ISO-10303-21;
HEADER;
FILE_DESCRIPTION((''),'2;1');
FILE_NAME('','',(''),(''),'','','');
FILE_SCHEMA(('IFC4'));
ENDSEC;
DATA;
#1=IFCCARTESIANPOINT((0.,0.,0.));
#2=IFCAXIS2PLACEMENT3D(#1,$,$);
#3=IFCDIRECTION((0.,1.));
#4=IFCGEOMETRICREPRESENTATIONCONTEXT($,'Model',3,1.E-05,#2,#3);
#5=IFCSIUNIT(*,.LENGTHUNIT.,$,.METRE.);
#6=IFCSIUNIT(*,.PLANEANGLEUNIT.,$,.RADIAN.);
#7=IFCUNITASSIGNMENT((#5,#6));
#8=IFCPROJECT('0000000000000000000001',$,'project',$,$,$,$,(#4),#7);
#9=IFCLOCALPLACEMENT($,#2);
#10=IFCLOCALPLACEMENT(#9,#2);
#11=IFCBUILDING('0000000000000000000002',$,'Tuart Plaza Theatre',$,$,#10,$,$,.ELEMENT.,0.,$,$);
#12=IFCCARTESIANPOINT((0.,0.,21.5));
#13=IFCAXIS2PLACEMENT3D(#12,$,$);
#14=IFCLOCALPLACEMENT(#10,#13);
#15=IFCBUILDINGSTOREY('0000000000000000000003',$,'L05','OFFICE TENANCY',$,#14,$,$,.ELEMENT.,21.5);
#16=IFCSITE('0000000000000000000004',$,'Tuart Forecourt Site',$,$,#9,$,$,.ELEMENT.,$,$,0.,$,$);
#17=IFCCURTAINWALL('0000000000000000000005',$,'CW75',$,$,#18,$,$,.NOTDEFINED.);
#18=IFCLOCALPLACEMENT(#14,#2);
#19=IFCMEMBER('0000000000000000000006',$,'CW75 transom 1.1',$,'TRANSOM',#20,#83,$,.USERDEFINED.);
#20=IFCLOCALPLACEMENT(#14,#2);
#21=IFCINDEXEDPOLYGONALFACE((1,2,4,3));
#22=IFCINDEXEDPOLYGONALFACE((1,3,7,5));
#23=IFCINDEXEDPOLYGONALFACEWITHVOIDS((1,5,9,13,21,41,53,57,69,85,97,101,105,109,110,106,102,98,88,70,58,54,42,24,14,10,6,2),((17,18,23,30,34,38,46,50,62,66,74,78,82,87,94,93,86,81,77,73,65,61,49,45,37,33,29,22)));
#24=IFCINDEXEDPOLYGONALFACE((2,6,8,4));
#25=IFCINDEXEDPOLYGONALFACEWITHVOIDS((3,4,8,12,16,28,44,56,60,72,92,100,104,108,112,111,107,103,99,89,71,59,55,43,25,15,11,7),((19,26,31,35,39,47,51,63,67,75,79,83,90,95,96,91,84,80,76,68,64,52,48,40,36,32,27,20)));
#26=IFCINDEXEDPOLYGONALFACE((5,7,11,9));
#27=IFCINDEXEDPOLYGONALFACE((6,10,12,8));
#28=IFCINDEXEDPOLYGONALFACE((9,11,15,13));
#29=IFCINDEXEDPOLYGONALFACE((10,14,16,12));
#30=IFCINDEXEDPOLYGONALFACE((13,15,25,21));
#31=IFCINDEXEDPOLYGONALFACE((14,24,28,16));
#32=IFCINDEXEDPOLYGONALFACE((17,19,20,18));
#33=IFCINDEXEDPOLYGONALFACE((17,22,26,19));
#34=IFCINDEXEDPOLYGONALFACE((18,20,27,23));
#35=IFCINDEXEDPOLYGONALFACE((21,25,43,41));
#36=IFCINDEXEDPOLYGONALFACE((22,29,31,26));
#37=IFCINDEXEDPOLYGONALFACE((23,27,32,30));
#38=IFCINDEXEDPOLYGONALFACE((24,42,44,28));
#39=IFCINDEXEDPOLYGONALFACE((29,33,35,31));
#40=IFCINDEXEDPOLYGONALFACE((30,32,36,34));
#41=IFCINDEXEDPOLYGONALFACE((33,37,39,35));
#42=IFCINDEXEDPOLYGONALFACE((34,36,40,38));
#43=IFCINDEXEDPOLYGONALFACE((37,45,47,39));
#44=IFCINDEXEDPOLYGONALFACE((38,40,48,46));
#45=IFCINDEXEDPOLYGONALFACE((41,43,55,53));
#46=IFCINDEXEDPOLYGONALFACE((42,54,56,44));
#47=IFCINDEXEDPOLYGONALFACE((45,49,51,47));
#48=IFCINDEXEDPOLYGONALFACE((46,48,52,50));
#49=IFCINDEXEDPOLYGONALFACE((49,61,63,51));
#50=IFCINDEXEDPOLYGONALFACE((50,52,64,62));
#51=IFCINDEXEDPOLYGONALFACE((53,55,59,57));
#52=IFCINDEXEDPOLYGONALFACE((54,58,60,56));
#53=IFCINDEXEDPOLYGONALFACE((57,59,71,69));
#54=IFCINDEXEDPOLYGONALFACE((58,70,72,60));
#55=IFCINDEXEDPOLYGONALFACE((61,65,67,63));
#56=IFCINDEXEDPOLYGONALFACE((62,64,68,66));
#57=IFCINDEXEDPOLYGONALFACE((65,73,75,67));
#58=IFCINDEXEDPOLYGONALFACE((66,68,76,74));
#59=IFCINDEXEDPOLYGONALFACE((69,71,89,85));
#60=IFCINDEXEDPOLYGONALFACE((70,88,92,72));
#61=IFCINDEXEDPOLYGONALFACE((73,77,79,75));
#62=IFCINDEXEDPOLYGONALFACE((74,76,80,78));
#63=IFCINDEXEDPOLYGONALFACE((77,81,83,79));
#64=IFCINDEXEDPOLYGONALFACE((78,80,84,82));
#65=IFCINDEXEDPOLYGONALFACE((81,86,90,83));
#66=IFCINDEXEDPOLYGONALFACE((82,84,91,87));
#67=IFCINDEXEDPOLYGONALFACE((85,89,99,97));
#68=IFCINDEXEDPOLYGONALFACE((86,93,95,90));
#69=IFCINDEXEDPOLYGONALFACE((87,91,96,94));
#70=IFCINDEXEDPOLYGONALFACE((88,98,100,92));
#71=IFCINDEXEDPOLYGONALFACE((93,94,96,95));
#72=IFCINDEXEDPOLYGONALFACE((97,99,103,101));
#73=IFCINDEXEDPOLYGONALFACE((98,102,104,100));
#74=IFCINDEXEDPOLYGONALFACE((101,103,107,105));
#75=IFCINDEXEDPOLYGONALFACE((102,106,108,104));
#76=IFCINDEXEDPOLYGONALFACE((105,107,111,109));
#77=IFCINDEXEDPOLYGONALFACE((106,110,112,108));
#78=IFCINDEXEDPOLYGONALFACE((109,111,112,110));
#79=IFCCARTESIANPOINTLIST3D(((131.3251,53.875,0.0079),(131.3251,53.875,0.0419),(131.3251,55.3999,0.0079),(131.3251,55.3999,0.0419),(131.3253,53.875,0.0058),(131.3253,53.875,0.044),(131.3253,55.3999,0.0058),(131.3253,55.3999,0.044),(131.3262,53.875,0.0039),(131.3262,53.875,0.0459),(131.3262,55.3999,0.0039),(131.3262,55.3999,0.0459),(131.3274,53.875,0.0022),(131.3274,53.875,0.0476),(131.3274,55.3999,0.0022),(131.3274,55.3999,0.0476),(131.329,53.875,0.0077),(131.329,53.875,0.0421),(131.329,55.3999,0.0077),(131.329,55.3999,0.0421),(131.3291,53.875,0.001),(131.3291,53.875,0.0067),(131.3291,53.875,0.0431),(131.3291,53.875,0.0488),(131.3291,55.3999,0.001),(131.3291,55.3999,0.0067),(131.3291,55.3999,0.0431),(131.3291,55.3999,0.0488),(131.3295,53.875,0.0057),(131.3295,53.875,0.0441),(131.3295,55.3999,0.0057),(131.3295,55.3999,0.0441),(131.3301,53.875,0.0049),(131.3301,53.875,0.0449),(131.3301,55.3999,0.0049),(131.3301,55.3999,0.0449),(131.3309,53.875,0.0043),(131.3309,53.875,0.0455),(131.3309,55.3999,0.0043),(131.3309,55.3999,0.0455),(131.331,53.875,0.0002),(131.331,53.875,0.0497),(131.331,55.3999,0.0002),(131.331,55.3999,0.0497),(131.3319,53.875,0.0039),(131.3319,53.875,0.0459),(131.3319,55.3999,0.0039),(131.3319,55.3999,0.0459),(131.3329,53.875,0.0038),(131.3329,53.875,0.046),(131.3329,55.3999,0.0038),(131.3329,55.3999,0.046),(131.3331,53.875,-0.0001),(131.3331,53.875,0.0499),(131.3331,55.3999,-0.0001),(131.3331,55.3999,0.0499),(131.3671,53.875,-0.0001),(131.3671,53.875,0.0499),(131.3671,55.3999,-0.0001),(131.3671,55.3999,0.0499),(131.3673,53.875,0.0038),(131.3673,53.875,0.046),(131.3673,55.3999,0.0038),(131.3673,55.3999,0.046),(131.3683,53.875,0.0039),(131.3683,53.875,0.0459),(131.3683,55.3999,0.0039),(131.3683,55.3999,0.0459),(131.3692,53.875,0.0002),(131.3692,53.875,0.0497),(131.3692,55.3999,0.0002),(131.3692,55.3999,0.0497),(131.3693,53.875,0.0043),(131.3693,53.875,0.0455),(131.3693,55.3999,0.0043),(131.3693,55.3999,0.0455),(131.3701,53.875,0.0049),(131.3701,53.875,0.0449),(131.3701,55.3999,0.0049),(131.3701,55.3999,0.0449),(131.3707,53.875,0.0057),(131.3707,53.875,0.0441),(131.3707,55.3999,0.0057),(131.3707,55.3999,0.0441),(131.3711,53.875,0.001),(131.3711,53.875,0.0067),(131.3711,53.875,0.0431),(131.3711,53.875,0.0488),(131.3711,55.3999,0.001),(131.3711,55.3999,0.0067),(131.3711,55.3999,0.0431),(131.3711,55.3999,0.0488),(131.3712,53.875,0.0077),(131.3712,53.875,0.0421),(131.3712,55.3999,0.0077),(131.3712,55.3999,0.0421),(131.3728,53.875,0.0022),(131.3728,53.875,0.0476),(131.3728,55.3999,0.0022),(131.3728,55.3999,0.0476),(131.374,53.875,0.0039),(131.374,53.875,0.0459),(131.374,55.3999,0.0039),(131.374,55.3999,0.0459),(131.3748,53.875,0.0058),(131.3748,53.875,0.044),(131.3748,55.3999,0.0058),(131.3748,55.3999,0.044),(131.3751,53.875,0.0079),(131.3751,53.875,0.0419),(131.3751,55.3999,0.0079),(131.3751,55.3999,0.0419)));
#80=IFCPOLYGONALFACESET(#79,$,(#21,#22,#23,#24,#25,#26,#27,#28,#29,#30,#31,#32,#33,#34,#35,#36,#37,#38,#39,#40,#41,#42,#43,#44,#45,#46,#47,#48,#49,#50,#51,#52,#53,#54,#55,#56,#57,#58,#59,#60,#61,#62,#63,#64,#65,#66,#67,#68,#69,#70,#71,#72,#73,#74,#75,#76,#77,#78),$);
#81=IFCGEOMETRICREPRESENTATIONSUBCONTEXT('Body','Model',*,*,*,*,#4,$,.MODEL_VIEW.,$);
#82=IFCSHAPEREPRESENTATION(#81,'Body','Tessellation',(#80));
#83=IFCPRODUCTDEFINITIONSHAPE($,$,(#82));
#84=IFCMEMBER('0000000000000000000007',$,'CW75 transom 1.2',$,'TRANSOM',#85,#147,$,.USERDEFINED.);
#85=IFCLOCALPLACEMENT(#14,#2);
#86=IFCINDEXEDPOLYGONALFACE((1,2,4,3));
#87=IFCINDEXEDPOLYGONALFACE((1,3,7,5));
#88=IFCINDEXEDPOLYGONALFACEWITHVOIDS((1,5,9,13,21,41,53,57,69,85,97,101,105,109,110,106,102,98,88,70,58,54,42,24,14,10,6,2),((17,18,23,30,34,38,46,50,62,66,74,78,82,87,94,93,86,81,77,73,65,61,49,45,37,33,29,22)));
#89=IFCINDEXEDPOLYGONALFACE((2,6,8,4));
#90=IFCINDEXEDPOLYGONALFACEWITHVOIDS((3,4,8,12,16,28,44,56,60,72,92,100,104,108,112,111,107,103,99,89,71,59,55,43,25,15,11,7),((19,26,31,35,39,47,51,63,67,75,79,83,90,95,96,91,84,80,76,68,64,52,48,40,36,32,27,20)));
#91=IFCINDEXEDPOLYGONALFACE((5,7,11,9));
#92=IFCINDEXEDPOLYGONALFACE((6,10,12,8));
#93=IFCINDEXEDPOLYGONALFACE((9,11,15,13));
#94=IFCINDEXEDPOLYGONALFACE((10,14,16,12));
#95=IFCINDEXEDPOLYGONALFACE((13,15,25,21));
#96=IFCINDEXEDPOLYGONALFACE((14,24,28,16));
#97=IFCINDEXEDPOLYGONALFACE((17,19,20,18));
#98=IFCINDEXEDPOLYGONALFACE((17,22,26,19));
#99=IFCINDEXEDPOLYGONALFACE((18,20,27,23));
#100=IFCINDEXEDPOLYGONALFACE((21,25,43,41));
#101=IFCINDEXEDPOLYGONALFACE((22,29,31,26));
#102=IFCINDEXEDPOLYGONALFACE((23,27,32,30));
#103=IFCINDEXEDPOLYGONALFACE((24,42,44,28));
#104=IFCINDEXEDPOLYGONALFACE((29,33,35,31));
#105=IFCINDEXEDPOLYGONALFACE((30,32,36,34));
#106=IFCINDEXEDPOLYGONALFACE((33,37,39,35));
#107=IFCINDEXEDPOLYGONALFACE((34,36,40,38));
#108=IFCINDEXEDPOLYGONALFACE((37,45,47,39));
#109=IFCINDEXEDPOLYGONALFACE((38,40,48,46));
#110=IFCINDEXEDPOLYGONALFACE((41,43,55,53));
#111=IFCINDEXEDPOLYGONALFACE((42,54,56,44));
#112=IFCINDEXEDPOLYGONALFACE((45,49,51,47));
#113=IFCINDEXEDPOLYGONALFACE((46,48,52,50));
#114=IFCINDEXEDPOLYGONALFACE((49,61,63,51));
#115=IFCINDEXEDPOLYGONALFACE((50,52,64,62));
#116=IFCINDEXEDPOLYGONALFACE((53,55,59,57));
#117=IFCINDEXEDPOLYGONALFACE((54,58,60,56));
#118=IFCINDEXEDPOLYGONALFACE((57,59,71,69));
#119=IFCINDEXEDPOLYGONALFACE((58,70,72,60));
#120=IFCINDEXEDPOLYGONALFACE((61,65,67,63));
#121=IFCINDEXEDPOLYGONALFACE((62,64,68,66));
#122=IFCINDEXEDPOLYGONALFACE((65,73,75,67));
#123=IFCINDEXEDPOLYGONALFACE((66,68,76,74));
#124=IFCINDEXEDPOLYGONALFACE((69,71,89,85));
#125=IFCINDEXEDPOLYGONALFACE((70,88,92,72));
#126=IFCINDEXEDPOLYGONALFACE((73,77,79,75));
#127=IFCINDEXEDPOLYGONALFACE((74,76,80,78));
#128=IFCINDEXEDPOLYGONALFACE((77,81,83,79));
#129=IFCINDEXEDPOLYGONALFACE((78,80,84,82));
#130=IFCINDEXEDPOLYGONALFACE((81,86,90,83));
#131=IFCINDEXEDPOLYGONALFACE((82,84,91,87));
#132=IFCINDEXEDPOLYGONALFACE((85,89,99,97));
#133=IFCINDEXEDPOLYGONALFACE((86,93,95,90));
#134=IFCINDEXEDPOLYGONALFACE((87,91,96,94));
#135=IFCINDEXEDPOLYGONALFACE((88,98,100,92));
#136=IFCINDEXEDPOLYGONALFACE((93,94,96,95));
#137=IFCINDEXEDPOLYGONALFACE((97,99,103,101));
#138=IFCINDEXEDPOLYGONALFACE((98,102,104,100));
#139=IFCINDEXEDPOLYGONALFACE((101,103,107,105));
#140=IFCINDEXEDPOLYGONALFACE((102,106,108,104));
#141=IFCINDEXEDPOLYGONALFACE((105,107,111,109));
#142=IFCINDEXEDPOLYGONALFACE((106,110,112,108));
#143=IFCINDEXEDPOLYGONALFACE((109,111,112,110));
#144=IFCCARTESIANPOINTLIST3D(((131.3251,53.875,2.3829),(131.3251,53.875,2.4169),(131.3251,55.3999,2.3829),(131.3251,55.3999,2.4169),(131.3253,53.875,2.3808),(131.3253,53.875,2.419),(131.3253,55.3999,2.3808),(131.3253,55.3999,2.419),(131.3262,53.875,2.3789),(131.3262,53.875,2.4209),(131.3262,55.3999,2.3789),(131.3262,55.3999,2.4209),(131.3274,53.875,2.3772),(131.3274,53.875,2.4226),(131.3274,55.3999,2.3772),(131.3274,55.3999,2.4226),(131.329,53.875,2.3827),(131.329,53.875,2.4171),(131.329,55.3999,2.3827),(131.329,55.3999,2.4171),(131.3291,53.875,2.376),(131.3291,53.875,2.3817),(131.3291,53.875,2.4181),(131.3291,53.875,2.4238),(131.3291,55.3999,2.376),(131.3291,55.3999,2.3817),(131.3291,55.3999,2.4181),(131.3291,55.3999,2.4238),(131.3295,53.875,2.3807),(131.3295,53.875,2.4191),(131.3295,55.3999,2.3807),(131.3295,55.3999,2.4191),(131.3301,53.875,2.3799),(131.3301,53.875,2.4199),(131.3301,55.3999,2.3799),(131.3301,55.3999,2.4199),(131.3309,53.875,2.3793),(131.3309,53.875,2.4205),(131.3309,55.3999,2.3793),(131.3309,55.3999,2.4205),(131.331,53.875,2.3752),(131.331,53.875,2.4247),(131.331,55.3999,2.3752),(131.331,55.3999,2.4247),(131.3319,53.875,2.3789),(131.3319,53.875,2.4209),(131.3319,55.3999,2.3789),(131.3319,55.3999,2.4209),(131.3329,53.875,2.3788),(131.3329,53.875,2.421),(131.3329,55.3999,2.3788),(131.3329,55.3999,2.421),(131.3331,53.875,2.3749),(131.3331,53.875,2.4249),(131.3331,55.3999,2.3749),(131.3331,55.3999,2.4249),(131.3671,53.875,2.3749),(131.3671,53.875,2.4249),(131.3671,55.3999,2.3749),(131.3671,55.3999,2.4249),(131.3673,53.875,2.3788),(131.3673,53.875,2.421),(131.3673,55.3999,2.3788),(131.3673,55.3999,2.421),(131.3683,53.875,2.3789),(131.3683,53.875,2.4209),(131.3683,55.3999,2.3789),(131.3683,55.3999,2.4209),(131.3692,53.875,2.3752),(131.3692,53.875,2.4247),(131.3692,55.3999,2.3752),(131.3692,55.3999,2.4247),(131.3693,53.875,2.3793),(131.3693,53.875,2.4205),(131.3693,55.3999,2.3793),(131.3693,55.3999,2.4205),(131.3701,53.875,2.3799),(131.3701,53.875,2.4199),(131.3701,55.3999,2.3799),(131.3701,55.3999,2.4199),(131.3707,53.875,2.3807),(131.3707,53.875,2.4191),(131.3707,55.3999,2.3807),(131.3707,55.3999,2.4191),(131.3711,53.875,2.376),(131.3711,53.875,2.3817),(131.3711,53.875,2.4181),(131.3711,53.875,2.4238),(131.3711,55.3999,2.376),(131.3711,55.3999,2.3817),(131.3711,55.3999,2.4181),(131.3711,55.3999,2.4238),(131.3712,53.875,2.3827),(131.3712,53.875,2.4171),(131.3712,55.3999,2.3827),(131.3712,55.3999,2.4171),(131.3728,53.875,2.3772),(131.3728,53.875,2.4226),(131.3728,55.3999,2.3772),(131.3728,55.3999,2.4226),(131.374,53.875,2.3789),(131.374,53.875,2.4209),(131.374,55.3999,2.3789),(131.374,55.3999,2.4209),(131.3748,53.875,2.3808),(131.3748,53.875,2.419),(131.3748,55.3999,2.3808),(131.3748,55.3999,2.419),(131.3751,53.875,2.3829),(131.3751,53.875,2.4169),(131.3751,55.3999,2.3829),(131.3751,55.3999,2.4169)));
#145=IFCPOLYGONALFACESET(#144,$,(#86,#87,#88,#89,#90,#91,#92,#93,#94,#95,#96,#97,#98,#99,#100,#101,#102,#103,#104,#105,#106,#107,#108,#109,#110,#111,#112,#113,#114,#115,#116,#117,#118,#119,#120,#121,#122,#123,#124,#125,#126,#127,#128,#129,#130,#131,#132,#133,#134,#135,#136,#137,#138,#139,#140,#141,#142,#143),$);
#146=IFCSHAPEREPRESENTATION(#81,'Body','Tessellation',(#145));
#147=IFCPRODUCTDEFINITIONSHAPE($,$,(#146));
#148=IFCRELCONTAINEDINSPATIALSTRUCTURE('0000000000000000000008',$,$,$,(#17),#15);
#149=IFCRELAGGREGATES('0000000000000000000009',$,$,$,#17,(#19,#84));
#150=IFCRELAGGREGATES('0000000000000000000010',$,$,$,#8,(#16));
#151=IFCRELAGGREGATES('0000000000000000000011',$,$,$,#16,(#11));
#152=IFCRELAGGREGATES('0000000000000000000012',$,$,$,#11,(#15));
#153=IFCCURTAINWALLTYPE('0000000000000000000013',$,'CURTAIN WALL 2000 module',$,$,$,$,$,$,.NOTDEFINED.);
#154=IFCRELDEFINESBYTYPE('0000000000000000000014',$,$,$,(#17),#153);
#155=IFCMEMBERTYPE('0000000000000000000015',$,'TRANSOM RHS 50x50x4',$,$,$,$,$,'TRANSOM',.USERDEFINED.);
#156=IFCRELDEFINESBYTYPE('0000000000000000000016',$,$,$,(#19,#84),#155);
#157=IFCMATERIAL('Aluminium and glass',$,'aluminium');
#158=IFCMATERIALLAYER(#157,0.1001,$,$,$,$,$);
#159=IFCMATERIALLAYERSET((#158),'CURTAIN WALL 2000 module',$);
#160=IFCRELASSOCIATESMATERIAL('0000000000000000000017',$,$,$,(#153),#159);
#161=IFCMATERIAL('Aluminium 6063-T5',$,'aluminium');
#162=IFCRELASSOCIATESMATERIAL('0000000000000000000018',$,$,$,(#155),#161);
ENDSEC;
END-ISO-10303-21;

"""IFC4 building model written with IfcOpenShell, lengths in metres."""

from ifc_helpers import new_model, si_unit, direction, frame, origin, origin_2d, place, context, subcontext, project, spatial, hollow_rectangle, extrude, material, layer, layer_set, material_profile, profile_set, type_object, element, aggregate, save


model = new_model("IFC4")

# Units and contexts
model_context = context("Model", 3, precision=1e-05, world=origin(), true_north=direction((0.0, 1.0)))
body_context = subcontext(model_context, "Body", "Model", "MODEL_VIEW")
ifc_project = project(units=[si_unit("LENGTHUNIT", "METRE"), si_unit("PLANEANGLEUNIT", "RADIAN")], contexts=[model_context])

# Site, building, storey
site_placement = place(None, origin())
site = spatial("IfcSite", under=ifc_project, at=site_placement, Name="Tuart Forecourt Site", CompositionType="ELEMENT", RefElevation=0.0)
building_placement = place(site_placement, origin())
building = spatial("IfcBuilding", under=site, at=building_placement, Name="Tuart Plaza Theatre", CompositionType="ELEMENT", ElevationOfRefHeight=0.0)
storey_placement = place(building_placement, frame((0.0, 0.0, 21.5)))
storey = spatial("IfcBuildingStorey", under=building, at=storey_placement, Name="L05", Description="OFFICE TENANCY", CompositionType="ELEMENT", Elevation=21.5)

# Curtain wall
ifc_material_1 = material(Name="Aluminium and glass", Category="aluminium")
ifc_layer_1 = layer(ifc_material_1, 0.1001)
ifc_layer_set_1 = layer_set([ifc_layer_1], Name="CURTAIN WALL 2000 module")
curtain_wall_type = type_object("IfcCurtainWallType", Name="CURTAIN WALL 2000 module", PredefinedType="NOTDEFINED", material=ifc_layer_set_1)
curtain_wall_1_placement = place(storey_placement, origin())
curtain_wall_1 = element("IfcCurtainWall", 1, at=curtain_wall_1_placement, inside=storey, type_object=curtain_wall_type, Name="CW75", PredefinedType="NOTDEFINED")

# Members
ifc_material_2 = material(Name="Aluminium 6063-T5", Category="aluminium")
ifc_material_profile_1 = material_profile(ifc_material_2, hollow_rectangle(XDim=0.05, YDim=0.05, WallThickness=0.0039, InnerFilletRadius=0.0039, OuterFilletRadius=0.0081, at=origin_2d()), Name="RHS 50x50x4")
ifc_profile_set_1 = profile_set([ifc_material_profile_1], Name="Aluminium 6063-T5")
member_type_1 = type_object("IfcMemberType", Name="TRANSOM RHS 50x50x4", ElementType="TRANSOM", PredefinedType="USERDEFINED", material=ifc_profile_set_1)
member_1_placement = place(storey_placement, frame((131.3501, 55.3999, 0.0249), z_axis=(0.0, -1.0, 0.0), x_axis=(1.0, 0.0, 0.0)))
member_1 = element("IfcMember", 2, at=member_1_placement, type_object=member_type_1, Name="CW75 transom 1.1", ObjectType="TRANSOM", PredefinedType="USERDEFINED", context=body_context, shape_type="SweptSolid", body=[
    extrude(hollow_rectangle(XDim=0.05, YDim=0.05, WallThickness=0.0039, InnerFilletRadius=0.0039, OuterFilletRadius=0.0081, at=origin_2d()), origin(), (0.0, 0.0, 1.0), 1.5249),
])
member_2_placement = place(storey_placement, frame((131.3501, 55.3999, 2.3999), z_axis=(0.0, -1.0, 0.0), x_axis=(1.0, 0.0, 0.0)))
member_2 = element("IfcMember", 3, at=member_2_placement, type_object=member_type_1, Name="CW75 transom 1.2", ObjectType="TRANSOM", PredefinedType="USERDEFINED", context=body_context, shape_type="SweptSolid", body=[
    extrude(hollow_rectangle(XDim=0.05, YDim=0.05, WallThickness=0.0039, InnerFilletRadius=0.0039, OuterFilletRadius=0.0081, at=origin_2d()), origin(), (0.0, 0.0, 1.0), 1.5249),
])
aggregate(curtain_wall_1, [member_1, member_2])

save(model, "model.ifc")
